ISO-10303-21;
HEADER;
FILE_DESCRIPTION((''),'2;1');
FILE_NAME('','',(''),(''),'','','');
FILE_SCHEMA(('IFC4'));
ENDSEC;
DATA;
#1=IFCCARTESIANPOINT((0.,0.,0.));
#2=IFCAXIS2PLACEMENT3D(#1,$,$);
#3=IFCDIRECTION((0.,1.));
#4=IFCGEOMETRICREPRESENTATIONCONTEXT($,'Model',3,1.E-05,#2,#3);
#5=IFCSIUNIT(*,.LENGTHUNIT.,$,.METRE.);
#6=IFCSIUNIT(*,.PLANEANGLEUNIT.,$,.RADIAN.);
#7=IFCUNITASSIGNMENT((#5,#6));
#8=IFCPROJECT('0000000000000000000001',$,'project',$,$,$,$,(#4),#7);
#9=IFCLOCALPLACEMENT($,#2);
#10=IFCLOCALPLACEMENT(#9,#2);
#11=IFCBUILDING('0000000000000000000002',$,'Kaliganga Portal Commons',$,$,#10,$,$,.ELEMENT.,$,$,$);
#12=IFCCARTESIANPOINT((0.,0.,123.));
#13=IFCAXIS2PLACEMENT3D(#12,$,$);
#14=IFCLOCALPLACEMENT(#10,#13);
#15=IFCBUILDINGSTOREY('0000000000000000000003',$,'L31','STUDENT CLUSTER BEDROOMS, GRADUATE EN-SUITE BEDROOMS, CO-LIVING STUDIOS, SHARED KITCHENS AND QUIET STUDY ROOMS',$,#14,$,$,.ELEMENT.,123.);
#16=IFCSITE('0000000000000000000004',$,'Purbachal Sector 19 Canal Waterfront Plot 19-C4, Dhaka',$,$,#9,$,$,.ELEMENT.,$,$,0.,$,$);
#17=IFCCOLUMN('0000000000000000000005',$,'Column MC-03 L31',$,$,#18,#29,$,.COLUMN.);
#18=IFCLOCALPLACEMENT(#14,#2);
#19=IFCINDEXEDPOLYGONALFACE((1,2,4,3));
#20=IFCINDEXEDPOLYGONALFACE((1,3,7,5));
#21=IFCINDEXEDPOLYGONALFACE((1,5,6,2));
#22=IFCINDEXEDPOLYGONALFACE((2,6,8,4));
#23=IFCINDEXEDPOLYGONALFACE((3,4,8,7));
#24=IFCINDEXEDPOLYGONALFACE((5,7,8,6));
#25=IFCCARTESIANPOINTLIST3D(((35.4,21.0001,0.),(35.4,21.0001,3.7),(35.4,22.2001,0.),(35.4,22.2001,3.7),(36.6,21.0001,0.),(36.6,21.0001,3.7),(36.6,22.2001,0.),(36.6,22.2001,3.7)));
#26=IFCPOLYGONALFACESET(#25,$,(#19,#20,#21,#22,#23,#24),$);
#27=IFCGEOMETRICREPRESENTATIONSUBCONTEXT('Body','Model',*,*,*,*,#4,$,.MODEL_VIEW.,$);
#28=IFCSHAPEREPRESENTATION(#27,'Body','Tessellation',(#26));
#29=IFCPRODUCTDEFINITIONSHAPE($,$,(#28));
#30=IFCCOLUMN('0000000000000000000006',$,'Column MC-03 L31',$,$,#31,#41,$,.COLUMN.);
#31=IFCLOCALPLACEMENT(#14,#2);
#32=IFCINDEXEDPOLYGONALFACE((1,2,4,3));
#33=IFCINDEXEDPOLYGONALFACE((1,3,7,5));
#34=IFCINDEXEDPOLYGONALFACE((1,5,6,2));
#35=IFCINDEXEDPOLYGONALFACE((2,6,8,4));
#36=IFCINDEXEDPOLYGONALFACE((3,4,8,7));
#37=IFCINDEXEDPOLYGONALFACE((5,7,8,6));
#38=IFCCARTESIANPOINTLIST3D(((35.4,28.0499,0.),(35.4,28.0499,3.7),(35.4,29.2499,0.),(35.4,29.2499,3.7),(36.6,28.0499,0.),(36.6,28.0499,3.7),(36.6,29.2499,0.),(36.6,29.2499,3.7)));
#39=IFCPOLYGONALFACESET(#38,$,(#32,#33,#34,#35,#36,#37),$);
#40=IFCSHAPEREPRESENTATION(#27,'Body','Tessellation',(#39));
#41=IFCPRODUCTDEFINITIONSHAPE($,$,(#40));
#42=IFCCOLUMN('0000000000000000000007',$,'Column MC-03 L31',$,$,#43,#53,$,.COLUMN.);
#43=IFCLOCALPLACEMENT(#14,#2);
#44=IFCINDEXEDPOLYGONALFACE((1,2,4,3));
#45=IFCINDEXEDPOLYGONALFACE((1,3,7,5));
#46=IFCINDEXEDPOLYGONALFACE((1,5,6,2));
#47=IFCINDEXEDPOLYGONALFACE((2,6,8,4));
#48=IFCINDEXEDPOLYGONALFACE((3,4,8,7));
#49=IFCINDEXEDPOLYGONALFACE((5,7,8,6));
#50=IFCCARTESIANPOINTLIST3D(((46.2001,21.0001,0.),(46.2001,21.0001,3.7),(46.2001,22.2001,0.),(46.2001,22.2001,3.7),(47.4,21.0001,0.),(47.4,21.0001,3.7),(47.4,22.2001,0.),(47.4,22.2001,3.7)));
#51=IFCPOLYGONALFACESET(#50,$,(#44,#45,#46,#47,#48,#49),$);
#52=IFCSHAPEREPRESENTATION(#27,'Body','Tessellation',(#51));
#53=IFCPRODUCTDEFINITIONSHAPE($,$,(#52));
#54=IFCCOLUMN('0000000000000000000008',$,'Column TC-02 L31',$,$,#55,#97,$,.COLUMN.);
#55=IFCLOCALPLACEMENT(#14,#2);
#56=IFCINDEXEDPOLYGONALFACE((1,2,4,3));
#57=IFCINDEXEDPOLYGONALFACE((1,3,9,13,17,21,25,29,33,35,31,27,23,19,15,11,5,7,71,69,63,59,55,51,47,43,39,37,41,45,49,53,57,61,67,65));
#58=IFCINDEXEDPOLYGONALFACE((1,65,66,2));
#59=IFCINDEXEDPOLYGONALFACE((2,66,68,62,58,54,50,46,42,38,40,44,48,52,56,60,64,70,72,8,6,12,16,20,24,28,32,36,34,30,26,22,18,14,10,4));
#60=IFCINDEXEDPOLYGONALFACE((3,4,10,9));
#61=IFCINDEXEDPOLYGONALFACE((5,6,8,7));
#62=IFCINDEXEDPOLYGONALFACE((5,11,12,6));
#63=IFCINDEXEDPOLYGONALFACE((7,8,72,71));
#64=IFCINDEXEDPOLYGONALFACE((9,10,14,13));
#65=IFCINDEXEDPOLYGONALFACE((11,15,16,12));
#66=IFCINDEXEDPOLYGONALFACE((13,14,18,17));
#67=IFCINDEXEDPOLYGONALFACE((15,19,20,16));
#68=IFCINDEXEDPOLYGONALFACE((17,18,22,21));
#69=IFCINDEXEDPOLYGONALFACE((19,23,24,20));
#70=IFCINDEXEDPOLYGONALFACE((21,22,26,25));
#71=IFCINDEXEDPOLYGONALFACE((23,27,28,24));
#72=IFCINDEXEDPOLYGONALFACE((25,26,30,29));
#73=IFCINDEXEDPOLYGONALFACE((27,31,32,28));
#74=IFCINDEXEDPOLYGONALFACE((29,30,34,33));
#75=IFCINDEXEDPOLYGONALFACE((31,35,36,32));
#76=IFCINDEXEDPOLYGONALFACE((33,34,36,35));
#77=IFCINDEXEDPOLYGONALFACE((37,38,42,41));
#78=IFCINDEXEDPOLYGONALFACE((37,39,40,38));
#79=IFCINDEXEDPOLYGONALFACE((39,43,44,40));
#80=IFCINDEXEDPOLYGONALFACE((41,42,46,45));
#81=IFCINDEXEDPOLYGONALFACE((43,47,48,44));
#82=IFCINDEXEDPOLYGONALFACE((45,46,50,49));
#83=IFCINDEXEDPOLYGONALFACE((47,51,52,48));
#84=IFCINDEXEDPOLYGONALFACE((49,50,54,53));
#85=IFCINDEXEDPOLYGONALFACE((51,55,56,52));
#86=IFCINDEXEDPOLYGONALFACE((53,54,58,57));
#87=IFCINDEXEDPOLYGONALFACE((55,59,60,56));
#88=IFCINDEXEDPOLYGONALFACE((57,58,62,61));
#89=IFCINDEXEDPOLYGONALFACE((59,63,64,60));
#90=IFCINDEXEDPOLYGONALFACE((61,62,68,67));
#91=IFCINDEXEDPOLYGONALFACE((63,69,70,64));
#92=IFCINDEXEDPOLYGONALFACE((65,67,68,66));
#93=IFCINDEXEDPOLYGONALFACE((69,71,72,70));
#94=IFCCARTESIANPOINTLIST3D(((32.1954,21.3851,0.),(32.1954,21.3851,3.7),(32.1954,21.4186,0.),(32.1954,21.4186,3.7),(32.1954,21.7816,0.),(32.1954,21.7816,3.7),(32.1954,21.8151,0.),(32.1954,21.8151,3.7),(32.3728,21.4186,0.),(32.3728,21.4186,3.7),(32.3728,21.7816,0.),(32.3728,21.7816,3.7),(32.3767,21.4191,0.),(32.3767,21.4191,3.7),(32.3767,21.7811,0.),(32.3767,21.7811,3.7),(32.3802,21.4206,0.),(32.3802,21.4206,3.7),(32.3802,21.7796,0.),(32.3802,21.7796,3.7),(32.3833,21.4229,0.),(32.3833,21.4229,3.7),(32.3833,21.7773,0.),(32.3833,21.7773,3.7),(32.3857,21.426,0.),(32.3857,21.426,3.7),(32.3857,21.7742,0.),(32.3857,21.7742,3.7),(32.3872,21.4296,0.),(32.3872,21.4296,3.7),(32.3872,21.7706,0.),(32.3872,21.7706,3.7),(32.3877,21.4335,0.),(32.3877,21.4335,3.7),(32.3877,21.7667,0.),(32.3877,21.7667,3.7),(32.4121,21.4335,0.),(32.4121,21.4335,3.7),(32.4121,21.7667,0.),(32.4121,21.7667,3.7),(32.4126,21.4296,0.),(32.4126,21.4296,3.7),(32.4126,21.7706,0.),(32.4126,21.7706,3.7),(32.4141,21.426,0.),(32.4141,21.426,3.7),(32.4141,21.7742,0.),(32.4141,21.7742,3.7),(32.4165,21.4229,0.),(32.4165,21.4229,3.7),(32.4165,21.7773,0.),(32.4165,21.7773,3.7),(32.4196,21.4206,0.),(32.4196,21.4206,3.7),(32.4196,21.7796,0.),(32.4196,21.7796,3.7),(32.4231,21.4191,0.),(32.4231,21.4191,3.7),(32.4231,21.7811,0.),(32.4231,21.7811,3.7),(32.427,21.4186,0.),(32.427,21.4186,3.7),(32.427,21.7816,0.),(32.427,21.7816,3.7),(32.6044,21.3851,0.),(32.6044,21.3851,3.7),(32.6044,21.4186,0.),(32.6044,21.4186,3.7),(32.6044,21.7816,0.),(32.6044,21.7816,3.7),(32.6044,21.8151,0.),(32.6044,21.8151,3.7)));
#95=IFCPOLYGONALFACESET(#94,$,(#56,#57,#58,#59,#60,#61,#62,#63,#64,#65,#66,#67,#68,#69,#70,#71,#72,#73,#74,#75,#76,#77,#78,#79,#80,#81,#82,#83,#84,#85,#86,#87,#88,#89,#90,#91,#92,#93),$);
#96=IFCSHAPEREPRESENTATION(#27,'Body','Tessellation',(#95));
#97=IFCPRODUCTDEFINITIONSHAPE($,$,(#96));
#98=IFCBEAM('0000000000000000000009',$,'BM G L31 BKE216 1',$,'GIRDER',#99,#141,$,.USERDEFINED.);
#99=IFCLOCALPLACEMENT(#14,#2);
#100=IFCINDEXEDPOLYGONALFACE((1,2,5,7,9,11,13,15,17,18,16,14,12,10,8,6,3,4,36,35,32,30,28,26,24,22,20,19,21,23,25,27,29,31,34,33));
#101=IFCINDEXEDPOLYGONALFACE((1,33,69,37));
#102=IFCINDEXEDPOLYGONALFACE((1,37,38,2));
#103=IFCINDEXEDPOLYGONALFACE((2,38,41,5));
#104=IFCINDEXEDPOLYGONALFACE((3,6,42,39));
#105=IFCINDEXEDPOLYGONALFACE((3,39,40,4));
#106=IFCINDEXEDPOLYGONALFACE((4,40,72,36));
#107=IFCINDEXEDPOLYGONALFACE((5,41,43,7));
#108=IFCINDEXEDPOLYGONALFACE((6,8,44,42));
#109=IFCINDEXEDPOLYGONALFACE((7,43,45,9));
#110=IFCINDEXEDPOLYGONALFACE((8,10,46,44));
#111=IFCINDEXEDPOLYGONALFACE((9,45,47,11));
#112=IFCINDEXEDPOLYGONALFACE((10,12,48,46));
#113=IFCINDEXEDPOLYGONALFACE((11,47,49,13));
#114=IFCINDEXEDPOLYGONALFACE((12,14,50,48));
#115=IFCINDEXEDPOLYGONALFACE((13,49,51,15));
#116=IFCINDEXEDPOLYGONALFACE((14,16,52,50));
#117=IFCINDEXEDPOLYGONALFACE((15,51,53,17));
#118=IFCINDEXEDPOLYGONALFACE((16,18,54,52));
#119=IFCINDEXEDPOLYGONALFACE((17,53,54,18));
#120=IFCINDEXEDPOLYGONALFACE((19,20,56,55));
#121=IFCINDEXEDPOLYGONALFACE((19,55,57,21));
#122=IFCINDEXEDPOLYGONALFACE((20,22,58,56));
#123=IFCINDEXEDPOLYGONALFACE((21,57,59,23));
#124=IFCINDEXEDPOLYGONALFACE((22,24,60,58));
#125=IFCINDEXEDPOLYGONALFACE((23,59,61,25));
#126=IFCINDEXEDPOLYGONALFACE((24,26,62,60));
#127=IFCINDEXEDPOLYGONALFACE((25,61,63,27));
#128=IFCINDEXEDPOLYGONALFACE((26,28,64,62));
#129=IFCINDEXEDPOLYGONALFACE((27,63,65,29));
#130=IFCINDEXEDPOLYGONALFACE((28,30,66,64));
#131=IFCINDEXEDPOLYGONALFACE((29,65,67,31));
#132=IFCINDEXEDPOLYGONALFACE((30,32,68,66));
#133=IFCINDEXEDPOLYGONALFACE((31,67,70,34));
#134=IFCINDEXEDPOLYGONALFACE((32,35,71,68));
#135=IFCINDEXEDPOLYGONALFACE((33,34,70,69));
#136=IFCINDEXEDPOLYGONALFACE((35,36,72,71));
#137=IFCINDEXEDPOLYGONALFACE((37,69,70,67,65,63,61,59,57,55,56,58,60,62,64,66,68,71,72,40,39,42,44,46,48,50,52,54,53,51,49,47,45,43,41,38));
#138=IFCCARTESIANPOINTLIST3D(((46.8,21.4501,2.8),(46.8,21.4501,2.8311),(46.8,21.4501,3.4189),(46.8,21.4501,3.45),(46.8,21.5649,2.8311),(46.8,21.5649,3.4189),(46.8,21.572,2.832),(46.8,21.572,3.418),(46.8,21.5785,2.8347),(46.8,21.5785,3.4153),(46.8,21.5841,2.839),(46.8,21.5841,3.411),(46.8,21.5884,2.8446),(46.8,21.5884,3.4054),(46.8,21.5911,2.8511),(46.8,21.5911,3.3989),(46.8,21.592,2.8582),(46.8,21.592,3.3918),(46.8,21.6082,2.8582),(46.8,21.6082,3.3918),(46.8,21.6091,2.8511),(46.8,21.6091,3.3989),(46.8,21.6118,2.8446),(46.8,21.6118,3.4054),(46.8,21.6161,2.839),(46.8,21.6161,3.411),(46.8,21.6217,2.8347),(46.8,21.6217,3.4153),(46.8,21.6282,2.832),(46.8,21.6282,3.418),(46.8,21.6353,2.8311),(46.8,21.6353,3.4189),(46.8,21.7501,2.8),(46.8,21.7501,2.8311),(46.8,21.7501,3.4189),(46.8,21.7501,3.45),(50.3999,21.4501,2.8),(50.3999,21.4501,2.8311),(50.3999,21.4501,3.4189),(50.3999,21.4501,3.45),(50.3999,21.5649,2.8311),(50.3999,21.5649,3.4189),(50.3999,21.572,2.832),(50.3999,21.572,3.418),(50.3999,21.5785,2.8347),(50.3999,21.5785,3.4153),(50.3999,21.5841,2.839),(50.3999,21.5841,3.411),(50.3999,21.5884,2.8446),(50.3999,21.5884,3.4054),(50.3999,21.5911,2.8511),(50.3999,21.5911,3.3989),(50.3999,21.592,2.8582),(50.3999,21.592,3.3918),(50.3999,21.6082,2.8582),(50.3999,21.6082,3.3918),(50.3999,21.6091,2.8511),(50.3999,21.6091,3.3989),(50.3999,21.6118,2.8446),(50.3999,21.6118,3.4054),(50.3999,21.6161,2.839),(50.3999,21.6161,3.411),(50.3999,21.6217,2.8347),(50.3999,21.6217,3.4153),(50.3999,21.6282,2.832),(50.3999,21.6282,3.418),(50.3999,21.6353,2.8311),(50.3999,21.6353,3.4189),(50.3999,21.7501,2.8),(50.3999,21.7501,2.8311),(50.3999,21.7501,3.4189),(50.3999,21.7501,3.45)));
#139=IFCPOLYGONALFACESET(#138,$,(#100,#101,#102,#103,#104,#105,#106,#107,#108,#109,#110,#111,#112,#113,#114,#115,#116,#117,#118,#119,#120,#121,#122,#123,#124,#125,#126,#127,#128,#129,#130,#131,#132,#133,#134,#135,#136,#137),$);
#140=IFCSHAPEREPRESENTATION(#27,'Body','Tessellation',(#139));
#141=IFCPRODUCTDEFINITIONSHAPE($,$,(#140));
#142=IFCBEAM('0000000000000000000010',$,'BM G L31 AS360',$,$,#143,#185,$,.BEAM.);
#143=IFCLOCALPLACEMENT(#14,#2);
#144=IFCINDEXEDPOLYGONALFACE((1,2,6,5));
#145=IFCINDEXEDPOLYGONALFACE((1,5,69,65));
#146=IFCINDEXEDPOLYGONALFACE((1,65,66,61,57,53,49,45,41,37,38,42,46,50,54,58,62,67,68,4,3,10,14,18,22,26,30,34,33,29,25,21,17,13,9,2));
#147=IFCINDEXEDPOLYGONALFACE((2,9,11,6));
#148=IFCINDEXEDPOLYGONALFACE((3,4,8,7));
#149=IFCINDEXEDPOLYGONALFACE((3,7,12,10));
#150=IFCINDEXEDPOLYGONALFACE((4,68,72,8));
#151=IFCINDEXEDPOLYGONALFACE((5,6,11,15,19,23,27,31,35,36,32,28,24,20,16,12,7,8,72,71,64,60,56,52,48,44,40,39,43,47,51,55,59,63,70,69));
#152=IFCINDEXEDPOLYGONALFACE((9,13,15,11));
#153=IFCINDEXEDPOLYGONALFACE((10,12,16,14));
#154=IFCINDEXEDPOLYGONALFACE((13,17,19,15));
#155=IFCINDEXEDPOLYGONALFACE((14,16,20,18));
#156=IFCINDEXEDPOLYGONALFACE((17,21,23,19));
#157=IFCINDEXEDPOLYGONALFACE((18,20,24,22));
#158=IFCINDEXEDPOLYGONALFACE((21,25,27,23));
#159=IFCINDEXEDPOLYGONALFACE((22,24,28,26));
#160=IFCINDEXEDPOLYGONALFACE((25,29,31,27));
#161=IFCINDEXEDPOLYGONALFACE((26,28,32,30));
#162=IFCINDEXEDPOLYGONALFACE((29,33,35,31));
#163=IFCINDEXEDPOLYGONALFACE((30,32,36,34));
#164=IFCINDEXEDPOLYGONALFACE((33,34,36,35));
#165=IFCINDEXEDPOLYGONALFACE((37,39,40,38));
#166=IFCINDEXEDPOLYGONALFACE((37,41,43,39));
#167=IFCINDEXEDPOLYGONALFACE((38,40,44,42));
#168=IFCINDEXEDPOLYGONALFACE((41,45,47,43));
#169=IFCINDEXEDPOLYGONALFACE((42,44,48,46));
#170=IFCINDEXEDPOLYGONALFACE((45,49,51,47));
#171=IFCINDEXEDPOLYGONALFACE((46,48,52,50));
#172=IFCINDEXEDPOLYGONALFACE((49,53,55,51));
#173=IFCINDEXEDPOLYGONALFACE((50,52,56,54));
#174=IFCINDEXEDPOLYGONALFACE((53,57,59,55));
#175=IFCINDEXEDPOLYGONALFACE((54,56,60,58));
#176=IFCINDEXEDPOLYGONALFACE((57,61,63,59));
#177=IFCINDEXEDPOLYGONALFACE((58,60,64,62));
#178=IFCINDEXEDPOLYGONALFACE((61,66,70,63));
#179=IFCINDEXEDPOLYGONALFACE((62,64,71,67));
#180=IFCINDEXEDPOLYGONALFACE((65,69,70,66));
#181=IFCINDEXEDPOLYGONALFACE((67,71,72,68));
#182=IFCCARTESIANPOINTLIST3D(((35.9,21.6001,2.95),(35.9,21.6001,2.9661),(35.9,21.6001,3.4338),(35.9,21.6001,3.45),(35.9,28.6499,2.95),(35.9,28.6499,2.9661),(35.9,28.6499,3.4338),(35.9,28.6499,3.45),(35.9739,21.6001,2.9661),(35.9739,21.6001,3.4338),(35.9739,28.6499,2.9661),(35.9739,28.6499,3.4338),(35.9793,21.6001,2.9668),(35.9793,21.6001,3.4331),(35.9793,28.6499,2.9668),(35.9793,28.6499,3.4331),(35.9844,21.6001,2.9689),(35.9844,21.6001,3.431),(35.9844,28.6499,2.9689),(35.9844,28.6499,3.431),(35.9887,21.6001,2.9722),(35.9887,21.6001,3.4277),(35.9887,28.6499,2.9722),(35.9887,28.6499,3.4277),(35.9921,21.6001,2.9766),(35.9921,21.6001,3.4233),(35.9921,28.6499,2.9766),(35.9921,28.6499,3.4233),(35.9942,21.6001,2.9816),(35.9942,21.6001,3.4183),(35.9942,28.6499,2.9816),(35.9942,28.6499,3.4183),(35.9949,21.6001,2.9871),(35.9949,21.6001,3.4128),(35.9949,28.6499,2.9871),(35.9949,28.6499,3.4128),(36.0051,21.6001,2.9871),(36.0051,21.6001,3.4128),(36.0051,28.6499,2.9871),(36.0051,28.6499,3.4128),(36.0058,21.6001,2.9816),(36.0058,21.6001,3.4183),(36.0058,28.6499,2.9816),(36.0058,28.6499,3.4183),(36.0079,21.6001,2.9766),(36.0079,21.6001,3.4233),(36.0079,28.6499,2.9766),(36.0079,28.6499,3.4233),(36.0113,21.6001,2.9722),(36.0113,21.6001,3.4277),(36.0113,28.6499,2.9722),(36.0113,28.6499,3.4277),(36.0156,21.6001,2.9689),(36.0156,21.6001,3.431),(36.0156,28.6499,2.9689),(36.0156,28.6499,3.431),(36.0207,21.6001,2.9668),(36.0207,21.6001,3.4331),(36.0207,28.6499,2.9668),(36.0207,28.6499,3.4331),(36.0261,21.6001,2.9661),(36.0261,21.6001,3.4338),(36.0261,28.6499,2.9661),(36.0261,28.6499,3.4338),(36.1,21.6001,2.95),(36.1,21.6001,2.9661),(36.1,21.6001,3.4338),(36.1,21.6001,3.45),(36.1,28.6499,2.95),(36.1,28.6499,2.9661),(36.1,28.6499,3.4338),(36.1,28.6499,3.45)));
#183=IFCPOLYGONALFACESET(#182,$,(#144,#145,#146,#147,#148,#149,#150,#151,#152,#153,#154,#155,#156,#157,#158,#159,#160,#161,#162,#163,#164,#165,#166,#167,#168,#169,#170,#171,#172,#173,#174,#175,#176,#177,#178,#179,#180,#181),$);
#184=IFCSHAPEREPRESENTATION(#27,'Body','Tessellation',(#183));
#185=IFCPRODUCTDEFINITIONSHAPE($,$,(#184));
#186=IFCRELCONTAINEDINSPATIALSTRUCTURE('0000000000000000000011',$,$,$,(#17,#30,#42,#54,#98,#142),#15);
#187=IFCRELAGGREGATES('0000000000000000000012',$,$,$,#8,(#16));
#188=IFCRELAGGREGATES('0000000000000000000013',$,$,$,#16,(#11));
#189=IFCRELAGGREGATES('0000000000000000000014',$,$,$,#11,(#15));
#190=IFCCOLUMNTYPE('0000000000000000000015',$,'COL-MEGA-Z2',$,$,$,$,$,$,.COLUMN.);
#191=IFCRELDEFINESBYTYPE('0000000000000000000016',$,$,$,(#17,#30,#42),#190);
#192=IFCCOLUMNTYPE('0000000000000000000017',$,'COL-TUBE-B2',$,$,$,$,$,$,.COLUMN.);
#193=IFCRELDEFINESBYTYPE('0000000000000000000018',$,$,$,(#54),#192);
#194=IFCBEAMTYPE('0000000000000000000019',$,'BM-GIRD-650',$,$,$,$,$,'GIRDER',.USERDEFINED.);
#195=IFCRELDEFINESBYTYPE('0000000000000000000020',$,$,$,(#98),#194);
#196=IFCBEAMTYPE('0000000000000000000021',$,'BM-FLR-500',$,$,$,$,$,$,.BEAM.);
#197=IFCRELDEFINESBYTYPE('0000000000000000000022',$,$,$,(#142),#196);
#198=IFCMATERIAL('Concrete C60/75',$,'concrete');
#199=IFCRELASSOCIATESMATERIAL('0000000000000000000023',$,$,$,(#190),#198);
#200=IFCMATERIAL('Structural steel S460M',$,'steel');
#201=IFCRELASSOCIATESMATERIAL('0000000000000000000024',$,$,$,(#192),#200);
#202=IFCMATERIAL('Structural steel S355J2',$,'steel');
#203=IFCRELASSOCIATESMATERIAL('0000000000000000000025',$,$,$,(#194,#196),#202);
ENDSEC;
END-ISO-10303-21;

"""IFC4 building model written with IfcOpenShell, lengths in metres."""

from ifc_helpers import new_model, si_unit, direction, frame, origin, origin_2d, place, context, subcontext, project, spatial, rectangle, i_section, extrude, source, transform, mapped, material, material_profile, profile_set, type_object, element, save


model = new_model("IFC4")

# Units and contexts
model_context = context("Model", 3, precision=1e-05, world=origin(), true_north=direction((0.0, 1.0)))
body_context = subcontext(model_context, "Body", "Model", "MODEL_VIEW")
ifc_project = project(units=[si_unit("LENGTHUNIT", "METRE"), si_unit("PLANEANGLEUNIT", "RADIAN")], contexts=[model_context])

# Site, building, storey
site_placement = place(None, origin())
site = spatial("IfcSite", under=ifc_project, at=site_placement, Name="Purbachal Sector 19 Canal Waterfront Plot 19-C4, Dhaka", CompositionType="ELEMENT", RefElevation=0.0)
building_placement = place(site_placement, origin())
building = spatial("IfcBuilding", under=site, at=building_placement, Name="Kaliganga Portal Commons", CompositionType="ELEMENT")
storey_placement = place(building_placement, frame((0.0, 0.0, 123.0)))
storey = spatial("IfcBuildingStorey", under=building, at=storey_placement, Name="L31", Description="STUDENT CLUSTER BEDROOMS, GRADUATE EN-SUITE BEDROOMS, CO-LIVING STUDIOS, SHARED KITCHENS AND QUIET STUDY ROOMS", CompositionType="ELEMENT", Elevation=123.0)

# Columns
ifc_material_1 = material(Name="Concrete C60/75", Category="concrete")
ifc_material_profile_1 = material_profile(ifc_material_1, rectangle(XDim=1.2, YDim=1.2, at=origin_2d()), Name="RC 1200x1200")
ifc_profile_set_1 = profile_set([ifc_material_profile_1], Name="Concrete C60/75")
column_type_1 = type_object("IfcColumnType", Name="COL-MEGA-Z2", PredefinedType="COLUMN", material=ifc_profile_set_1)
shared_shape_1 = source(origin(), body_context, "Body", "SweptSolid", [
    extrude(rectangle(XDim=1.2, YDim=1.2, at=origin_2d()), origin(), (0.0, 0.0, 1.0), 3.7),
])
for number, where, z_axis, x_axis, name in (
    (1, (36.0, 21.6001, 0.0), (0.0, 0.0, 1.0), (1.0, 0.0, 0.0), "Column MC-03 L31"),
    (2, (36.0, 28.6499, 0.0), (0.0, 0.0, 1.0), (1.0, 0.0, 0.0), "Column MC-03 L31"),
    (3, (46.8, 21.6001, 0.0), (0.0, 0.0, 1.0), (1.0, 0.0, 0.0), "Column MC-03 L31"),
):
    element("IfcColumn", number, at=place(storey_placement, frame(where, z_axis=z_axis, x_axis=x_axis)), inside=storey, type_object=column_type_1, Name=name, PredefinedType="COLUMN", context=body_context, shape_type="MappedRepresentation", body=[
        mapped(shared_shape_1, transform((0.0, 0.0, 0.0), x_axis=(1.0, 0.0, 0.0), y_axis=(0.0, 1.0, 0.0), z_axis=(0.0, 0.0, 1.0), scale=1.0)),
    ])
ifc_material_2 = material(Name="Structural steel S460M", Category="steel")
ifc_material_profile_2 = material_profile(ifc_material_2, i_section(OverallWidth=0.4089, OverallDepth=0.4299, WebThickness=0.0244, FlangeThickness=0.0334, FilletRadius=0.0149, at=origin_2d()), Name="HD 400x421")
ifc_profile_set_2 = profile_set([ifc_material_profile_2], Name="Structural steel S460M wide-flange")
column_type_2 = type_object("IfcColumnType", Name="COL-TUBE-B2", PredefinedType="COLUMN", material=ifc_profile_set_2)
shared_shape_2 = source(origin(), body_context, "Body", "SweptSolid", [
    extrude(i_section(OverallWidth=0.4089, OverallDepth=0.4299, WebThickness=0.0244, FlangeThickness=0.0334, FilletRadius=0.0149, at=origin_2d()), origin(), (0.0, 0.0, 1.0), 3.7),
])
column_placement = place(storey_placement, frame((32.3999, 21.6001, 0.0), z_axis=(0.0, 0.0, 1.0), x_axis=(1.0, 0.0, 0.0)))
element("IfcColumn", 4, at=column_placement, inside=storey, type_object=column_type_2, Name="Column TC-02 L31", PredefinedType="COLUMN", context=body_context, shape_type="MappedRepresentation", body=[
    mapped(shared_shape_2, transform((0.0, 0.0, 0.0), x_axis=(1.0, 0.0, 0.0), y_axis=(0.0, 1.0, 0.0), z_axis=(0.0, 0.0, 1.0), scale=1.0)),
])

# Beams
ifc_material_3 = material(Name="Structural steel S355J2", Category="steel")
ifc_material_profile_3 = material_profile(ifc_material_3, i_section(OverallWidth=0.3, OverallDepth=0.6499, WebThickness=0.0161, FlangeThickness=0.031, FilletRadius=0.0271, at=origin_2d()), Name="HE 650 B")
ifc_profile_set_3 = profile_set([ifc_material_profile_3], Name="Structural steel S355J2 wide-flange")
beam_type_1 = type_object("IfcBeamType", Name="BM-GIRD-650", ElementType="GIRDER", PredefinedType="USERDEFINED", material=ifc_profile_set_3)
shared_shape_3 = source(origin(), body_context, "Body", "SweptSolid", [
    extrude(i_section(OverallWidth=0.3, OverallDepth=0.6499, WebThickness=0.0161, FlangeThickness=0.031, FilletRadius=0.0271, at=origin_2d()), origin(), (0.0, 0.0, 1.0), 3.5999),
])
beam_1_placement = place(storey_placement, frame((46.8, 21.6001, 3.125), z_axis=(1.0, 0.0, 0.0), x_axis=(0.0, 1.0, 0.0)))
element("IfcBeam", 5, at=beam_1_placement, inside=storey, type_object=beam_type_1, Name="BM G L31 BKE216 1", ObjectType="GIRDER", PredefinedType="USERDEFINED", context=body_context, shape_type="MappedRepresentation", body=[
    mapped(shared_shape_3, transform((0.0, 0.0, 0.0), x_axis=(1.0, 0.0, 0.0), y_axis=(0.0, 1.0, 0.0), z_axis=(0.0, 0.0, 1.0), scale=1.0)),
])
ifc_material_profile_4 = material_profile(ifc_material_3, i_section(OverallWidth=0.2, OverallDepth=0.5, WebThickness=0.0103, FlangeThickness=0.0161, FilletRadius=0.021, at=origin_2d()), Name="IPE 500")
ifc_profile_set_4 = profile_set([ifc_material_profile_4], Name="Structural steel S355J2 wide-flange")
beam_type_2 = type_object("IfcBeamType", Name="BM-FLR-500", PredefinedType="BEAM", material=ifc_profile_set_4)
shared_shape_4 = source(origin(), body_context, "Body", "SweptSolid", [
    extrude(i_section(OverallWidth=0.2, OverallDepth=0.5, WebThickness=0.0103, FlangeThickness=0.0161, FilletRadius=0.021, at=origin_2d()), origin(), (0.0, 0.0, 1.0), 7.0498),
])
for number, where, z_axis, x_axis, name in (
    (6, (36.0, 21.6001, 3.2), (0.0, 1.0, 0.0), (-1.0, 0.0, 0.0), "BM G L31 AS360"),
):
    element("IfcBeam", number, at=place(storey_placement, frame(where, z_axis=z_axis, x_axis=x_axis)), inside=storey, type_object=beam_type_2, Name=name, PredefinedType="BEAM", context=body_context, shape_type="MappedRepresentation", body=[
        mapped(shared_shape_4, transform((0.0, 0.0, 0.0), x_axis=(1.0, 0.0, 0.0), y_axis=(0.0, 1.0, 0.0), z_axis=(0.0, 0.0, 1.0), scale=1.0)),
    ])

save(model, "model.ifc")
